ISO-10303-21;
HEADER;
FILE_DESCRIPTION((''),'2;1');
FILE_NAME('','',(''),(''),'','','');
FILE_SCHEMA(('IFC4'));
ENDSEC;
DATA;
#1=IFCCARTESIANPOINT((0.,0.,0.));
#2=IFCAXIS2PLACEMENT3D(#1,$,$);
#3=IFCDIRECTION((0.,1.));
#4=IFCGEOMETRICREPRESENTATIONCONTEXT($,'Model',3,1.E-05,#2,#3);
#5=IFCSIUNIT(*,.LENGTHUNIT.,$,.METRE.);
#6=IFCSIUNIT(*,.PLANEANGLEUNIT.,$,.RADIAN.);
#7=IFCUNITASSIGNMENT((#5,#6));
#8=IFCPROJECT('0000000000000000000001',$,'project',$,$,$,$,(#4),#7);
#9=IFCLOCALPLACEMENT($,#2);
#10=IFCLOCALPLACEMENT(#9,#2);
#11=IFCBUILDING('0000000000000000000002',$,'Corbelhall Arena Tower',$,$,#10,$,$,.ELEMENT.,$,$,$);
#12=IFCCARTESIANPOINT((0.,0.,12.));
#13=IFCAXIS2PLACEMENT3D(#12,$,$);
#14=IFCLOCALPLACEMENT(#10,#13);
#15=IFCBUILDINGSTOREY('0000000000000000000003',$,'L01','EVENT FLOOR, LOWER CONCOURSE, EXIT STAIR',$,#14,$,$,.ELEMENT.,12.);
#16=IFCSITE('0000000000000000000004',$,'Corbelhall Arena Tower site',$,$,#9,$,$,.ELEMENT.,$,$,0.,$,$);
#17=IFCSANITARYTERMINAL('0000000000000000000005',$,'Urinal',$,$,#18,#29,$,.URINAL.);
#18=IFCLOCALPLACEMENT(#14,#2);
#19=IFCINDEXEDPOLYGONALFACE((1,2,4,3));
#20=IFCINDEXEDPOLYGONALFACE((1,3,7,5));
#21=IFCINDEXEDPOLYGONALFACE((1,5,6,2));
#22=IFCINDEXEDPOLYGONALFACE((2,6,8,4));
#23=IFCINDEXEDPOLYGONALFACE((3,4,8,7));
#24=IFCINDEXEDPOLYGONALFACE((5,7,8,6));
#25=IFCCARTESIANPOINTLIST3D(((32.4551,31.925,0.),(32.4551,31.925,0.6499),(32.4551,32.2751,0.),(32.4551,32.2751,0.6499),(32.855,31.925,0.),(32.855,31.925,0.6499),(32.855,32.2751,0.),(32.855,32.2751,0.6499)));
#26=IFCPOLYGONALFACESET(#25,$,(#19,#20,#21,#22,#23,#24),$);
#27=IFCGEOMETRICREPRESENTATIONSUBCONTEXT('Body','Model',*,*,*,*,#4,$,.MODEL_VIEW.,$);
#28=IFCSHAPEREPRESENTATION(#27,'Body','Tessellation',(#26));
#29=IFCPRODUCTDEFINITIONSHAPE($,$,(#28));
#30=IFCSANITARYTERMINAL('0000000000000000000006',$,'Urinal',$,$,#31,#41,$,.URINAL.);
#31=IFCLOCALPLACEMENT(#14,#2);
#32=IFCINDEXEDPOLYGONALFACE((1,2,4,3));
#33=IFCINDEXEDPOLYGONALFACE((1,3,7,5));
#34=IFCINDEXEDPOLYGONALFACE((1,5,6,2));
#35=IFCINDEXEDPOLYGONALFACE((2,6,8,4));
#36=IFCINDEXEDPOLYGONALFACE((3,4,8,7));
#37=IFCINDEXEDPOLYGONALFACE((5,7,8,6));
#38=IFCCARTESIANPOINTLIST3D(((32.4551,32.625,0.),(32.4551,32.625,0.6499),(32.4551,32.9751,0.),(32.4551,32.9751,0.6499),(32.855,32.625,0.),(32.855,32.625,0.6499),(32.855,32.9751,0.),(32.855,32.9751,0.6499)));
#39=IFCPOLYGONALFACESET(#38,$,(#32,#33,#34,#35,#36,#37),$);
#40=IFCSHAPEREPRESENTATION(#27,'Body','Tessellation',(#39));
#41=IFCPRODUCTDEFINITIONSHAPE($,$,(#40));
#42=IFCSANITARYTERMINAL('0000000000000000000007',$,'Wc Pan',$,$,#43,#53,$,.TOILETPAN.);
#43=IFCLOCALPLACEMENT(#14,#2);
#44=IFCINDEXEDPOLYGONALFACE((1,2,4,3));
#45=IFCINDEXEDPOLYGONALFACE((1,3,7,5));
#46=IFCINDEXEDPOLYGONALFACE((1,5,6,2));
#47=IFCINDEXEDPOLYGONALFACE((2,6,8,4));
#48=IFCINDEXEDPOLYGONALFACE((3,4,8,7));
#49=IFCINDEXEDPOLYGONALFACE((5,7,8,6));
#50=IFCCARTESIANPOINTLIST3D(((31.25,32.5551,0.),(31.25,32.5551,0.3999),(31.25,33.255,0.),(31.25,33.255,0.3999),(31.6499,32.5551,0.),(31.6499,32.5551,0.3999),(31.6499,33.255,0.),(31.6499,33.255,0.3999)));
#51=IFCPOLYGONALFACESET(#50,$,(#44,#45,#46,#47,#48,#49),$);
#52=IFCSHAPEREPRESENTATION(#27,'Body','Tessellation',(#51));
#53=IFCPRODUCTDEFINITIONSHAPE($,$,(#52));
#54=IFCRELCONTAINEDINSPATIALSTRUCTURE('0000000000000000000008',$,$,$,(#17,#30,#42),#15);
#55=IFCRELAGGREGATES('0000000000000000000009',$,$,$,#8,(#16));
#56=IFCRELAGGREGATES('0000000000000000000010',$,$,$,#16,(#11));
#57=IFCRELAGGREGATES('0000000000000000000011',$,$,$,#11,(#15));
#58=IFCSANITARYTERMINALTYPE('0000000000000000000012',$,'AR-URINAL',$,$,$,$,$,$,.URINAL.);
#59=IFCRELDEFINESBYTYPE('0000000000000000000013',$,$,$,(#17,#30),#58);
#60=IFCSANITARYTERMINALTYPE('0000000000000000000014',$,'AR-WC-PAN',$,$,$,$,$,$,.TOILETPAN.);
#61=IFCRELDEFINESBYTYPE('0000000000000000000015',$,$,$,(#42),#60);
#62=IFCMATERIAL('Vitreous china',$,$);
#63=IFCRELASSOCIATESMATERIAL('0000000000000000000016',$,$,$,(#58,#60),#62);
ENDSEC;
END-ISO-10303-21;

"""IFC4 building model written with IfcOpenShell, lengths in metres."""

from ifc_helpers import new_model, si_unit, direction, frame, origin, origin_2d, place, context, subcontext, project, spatial, rectangle, extrude, material, type_object, element, save


model = new_model("IFC4")

# Units and contexts
model_context = context("Model", 3, precision=1e-05, world=origin(), true_north=direction((0.0, 1.0)))
body_context = subcontext(model_context, "Body", "Model", "MODEL_VIEW")
ifc_project = project(units=[si_unit("LENGTHUNIT", "METRE"), si_unit("PLANEANGLEUNIT", "RADIAN")], contexts=[model_context])

# Site, building, storey
site_placement = place(None, origin())
site = spatial("IfcSite", under=ifc_project, at=site_placement, Name="Corbelhall Arena Tower site", CompositionType="ELEMENT", RefElevation=0.0)
building_placement = place(site_placement, origin())
building = spatial("IfcBuilding", under=site, at=building_placement, Name="Corbelhall Arena Tower", CompositionType="ELEMENT")
storey_placement = place(building_placement, frame((0.0, 0.0, 12.0)))
storey = spatial("IfcBuildingStorey", under=building, at=storey_placement, Name="L01", Description="EVENT FLOOR, LOWER CONCOURSE, EXIT STAIR", CompositionType="ELEMENT", Elevation=12.0)

# Sanitary terminals
ifc_material_1 = material(Name="Vitreous china")
sanitary_terminal_type_1 = type_object("IfcSanitaryTerminalType", Name="AR-URINAL", PredefinedType="URINAL", material=ifc_material_1)
for number, where, z_axis, x_axis, name in (
    (1, (32.655, 32.1001, 0.0), (0.0, 0.0, 1.0), (1.0, 0.0, 0.0), "Urinal"),
    (2, (32.655, 32.8, 0.0), (0.0, 0.0, 1.0), (1.0, 0.0, 0.0), "Urinal"),
):
    element("IfcSanitaryTerminal", number, at=place(storey_placement, frame(where, z_axis=z_axis, x_axis=x_axis)), inside=storey, type_object=sanitary_terminal_type_1, Name=name, PredefinedType="URINAL", context=body_context, shape_type="SweptSolid", body=[
        extrude(rectangle(XDim=0.3999, YDim=0.3501, at=origin_2d()), origin(), (0.0, 0.0, 1.0), 0.6499),
    ])
sanitary_terminal_type_2 = type_object("IfcSanitaryTerminalType", Name="AR-WC-PAN", PredefinedType="TOILETPAN", material=ifc_material_1)
sanitary_terminal_placement = place(storey_placement, frame((31.45, 32.905, 0.0), z_axis=(0.0, 0.0, 1.0), x_axis=(1.0, 0.0, 0.0)))
element("IfcSanitaryTerminal", 3, at=sanitary_terminal_placement, inside=storey, type_object=sanitary_terminal_type_2, Name="Wc Pan", PredefinedType="TOILETPAN", context=body_context, shape_type="SweptSolid", body=[
    extrude(rectangle(XDim=0.3999, YDim=0.7, at=origin_2d()), origin(), (0.0, 0.0, 1.0), 0.3999),
])

save(model, "model.ifc")
